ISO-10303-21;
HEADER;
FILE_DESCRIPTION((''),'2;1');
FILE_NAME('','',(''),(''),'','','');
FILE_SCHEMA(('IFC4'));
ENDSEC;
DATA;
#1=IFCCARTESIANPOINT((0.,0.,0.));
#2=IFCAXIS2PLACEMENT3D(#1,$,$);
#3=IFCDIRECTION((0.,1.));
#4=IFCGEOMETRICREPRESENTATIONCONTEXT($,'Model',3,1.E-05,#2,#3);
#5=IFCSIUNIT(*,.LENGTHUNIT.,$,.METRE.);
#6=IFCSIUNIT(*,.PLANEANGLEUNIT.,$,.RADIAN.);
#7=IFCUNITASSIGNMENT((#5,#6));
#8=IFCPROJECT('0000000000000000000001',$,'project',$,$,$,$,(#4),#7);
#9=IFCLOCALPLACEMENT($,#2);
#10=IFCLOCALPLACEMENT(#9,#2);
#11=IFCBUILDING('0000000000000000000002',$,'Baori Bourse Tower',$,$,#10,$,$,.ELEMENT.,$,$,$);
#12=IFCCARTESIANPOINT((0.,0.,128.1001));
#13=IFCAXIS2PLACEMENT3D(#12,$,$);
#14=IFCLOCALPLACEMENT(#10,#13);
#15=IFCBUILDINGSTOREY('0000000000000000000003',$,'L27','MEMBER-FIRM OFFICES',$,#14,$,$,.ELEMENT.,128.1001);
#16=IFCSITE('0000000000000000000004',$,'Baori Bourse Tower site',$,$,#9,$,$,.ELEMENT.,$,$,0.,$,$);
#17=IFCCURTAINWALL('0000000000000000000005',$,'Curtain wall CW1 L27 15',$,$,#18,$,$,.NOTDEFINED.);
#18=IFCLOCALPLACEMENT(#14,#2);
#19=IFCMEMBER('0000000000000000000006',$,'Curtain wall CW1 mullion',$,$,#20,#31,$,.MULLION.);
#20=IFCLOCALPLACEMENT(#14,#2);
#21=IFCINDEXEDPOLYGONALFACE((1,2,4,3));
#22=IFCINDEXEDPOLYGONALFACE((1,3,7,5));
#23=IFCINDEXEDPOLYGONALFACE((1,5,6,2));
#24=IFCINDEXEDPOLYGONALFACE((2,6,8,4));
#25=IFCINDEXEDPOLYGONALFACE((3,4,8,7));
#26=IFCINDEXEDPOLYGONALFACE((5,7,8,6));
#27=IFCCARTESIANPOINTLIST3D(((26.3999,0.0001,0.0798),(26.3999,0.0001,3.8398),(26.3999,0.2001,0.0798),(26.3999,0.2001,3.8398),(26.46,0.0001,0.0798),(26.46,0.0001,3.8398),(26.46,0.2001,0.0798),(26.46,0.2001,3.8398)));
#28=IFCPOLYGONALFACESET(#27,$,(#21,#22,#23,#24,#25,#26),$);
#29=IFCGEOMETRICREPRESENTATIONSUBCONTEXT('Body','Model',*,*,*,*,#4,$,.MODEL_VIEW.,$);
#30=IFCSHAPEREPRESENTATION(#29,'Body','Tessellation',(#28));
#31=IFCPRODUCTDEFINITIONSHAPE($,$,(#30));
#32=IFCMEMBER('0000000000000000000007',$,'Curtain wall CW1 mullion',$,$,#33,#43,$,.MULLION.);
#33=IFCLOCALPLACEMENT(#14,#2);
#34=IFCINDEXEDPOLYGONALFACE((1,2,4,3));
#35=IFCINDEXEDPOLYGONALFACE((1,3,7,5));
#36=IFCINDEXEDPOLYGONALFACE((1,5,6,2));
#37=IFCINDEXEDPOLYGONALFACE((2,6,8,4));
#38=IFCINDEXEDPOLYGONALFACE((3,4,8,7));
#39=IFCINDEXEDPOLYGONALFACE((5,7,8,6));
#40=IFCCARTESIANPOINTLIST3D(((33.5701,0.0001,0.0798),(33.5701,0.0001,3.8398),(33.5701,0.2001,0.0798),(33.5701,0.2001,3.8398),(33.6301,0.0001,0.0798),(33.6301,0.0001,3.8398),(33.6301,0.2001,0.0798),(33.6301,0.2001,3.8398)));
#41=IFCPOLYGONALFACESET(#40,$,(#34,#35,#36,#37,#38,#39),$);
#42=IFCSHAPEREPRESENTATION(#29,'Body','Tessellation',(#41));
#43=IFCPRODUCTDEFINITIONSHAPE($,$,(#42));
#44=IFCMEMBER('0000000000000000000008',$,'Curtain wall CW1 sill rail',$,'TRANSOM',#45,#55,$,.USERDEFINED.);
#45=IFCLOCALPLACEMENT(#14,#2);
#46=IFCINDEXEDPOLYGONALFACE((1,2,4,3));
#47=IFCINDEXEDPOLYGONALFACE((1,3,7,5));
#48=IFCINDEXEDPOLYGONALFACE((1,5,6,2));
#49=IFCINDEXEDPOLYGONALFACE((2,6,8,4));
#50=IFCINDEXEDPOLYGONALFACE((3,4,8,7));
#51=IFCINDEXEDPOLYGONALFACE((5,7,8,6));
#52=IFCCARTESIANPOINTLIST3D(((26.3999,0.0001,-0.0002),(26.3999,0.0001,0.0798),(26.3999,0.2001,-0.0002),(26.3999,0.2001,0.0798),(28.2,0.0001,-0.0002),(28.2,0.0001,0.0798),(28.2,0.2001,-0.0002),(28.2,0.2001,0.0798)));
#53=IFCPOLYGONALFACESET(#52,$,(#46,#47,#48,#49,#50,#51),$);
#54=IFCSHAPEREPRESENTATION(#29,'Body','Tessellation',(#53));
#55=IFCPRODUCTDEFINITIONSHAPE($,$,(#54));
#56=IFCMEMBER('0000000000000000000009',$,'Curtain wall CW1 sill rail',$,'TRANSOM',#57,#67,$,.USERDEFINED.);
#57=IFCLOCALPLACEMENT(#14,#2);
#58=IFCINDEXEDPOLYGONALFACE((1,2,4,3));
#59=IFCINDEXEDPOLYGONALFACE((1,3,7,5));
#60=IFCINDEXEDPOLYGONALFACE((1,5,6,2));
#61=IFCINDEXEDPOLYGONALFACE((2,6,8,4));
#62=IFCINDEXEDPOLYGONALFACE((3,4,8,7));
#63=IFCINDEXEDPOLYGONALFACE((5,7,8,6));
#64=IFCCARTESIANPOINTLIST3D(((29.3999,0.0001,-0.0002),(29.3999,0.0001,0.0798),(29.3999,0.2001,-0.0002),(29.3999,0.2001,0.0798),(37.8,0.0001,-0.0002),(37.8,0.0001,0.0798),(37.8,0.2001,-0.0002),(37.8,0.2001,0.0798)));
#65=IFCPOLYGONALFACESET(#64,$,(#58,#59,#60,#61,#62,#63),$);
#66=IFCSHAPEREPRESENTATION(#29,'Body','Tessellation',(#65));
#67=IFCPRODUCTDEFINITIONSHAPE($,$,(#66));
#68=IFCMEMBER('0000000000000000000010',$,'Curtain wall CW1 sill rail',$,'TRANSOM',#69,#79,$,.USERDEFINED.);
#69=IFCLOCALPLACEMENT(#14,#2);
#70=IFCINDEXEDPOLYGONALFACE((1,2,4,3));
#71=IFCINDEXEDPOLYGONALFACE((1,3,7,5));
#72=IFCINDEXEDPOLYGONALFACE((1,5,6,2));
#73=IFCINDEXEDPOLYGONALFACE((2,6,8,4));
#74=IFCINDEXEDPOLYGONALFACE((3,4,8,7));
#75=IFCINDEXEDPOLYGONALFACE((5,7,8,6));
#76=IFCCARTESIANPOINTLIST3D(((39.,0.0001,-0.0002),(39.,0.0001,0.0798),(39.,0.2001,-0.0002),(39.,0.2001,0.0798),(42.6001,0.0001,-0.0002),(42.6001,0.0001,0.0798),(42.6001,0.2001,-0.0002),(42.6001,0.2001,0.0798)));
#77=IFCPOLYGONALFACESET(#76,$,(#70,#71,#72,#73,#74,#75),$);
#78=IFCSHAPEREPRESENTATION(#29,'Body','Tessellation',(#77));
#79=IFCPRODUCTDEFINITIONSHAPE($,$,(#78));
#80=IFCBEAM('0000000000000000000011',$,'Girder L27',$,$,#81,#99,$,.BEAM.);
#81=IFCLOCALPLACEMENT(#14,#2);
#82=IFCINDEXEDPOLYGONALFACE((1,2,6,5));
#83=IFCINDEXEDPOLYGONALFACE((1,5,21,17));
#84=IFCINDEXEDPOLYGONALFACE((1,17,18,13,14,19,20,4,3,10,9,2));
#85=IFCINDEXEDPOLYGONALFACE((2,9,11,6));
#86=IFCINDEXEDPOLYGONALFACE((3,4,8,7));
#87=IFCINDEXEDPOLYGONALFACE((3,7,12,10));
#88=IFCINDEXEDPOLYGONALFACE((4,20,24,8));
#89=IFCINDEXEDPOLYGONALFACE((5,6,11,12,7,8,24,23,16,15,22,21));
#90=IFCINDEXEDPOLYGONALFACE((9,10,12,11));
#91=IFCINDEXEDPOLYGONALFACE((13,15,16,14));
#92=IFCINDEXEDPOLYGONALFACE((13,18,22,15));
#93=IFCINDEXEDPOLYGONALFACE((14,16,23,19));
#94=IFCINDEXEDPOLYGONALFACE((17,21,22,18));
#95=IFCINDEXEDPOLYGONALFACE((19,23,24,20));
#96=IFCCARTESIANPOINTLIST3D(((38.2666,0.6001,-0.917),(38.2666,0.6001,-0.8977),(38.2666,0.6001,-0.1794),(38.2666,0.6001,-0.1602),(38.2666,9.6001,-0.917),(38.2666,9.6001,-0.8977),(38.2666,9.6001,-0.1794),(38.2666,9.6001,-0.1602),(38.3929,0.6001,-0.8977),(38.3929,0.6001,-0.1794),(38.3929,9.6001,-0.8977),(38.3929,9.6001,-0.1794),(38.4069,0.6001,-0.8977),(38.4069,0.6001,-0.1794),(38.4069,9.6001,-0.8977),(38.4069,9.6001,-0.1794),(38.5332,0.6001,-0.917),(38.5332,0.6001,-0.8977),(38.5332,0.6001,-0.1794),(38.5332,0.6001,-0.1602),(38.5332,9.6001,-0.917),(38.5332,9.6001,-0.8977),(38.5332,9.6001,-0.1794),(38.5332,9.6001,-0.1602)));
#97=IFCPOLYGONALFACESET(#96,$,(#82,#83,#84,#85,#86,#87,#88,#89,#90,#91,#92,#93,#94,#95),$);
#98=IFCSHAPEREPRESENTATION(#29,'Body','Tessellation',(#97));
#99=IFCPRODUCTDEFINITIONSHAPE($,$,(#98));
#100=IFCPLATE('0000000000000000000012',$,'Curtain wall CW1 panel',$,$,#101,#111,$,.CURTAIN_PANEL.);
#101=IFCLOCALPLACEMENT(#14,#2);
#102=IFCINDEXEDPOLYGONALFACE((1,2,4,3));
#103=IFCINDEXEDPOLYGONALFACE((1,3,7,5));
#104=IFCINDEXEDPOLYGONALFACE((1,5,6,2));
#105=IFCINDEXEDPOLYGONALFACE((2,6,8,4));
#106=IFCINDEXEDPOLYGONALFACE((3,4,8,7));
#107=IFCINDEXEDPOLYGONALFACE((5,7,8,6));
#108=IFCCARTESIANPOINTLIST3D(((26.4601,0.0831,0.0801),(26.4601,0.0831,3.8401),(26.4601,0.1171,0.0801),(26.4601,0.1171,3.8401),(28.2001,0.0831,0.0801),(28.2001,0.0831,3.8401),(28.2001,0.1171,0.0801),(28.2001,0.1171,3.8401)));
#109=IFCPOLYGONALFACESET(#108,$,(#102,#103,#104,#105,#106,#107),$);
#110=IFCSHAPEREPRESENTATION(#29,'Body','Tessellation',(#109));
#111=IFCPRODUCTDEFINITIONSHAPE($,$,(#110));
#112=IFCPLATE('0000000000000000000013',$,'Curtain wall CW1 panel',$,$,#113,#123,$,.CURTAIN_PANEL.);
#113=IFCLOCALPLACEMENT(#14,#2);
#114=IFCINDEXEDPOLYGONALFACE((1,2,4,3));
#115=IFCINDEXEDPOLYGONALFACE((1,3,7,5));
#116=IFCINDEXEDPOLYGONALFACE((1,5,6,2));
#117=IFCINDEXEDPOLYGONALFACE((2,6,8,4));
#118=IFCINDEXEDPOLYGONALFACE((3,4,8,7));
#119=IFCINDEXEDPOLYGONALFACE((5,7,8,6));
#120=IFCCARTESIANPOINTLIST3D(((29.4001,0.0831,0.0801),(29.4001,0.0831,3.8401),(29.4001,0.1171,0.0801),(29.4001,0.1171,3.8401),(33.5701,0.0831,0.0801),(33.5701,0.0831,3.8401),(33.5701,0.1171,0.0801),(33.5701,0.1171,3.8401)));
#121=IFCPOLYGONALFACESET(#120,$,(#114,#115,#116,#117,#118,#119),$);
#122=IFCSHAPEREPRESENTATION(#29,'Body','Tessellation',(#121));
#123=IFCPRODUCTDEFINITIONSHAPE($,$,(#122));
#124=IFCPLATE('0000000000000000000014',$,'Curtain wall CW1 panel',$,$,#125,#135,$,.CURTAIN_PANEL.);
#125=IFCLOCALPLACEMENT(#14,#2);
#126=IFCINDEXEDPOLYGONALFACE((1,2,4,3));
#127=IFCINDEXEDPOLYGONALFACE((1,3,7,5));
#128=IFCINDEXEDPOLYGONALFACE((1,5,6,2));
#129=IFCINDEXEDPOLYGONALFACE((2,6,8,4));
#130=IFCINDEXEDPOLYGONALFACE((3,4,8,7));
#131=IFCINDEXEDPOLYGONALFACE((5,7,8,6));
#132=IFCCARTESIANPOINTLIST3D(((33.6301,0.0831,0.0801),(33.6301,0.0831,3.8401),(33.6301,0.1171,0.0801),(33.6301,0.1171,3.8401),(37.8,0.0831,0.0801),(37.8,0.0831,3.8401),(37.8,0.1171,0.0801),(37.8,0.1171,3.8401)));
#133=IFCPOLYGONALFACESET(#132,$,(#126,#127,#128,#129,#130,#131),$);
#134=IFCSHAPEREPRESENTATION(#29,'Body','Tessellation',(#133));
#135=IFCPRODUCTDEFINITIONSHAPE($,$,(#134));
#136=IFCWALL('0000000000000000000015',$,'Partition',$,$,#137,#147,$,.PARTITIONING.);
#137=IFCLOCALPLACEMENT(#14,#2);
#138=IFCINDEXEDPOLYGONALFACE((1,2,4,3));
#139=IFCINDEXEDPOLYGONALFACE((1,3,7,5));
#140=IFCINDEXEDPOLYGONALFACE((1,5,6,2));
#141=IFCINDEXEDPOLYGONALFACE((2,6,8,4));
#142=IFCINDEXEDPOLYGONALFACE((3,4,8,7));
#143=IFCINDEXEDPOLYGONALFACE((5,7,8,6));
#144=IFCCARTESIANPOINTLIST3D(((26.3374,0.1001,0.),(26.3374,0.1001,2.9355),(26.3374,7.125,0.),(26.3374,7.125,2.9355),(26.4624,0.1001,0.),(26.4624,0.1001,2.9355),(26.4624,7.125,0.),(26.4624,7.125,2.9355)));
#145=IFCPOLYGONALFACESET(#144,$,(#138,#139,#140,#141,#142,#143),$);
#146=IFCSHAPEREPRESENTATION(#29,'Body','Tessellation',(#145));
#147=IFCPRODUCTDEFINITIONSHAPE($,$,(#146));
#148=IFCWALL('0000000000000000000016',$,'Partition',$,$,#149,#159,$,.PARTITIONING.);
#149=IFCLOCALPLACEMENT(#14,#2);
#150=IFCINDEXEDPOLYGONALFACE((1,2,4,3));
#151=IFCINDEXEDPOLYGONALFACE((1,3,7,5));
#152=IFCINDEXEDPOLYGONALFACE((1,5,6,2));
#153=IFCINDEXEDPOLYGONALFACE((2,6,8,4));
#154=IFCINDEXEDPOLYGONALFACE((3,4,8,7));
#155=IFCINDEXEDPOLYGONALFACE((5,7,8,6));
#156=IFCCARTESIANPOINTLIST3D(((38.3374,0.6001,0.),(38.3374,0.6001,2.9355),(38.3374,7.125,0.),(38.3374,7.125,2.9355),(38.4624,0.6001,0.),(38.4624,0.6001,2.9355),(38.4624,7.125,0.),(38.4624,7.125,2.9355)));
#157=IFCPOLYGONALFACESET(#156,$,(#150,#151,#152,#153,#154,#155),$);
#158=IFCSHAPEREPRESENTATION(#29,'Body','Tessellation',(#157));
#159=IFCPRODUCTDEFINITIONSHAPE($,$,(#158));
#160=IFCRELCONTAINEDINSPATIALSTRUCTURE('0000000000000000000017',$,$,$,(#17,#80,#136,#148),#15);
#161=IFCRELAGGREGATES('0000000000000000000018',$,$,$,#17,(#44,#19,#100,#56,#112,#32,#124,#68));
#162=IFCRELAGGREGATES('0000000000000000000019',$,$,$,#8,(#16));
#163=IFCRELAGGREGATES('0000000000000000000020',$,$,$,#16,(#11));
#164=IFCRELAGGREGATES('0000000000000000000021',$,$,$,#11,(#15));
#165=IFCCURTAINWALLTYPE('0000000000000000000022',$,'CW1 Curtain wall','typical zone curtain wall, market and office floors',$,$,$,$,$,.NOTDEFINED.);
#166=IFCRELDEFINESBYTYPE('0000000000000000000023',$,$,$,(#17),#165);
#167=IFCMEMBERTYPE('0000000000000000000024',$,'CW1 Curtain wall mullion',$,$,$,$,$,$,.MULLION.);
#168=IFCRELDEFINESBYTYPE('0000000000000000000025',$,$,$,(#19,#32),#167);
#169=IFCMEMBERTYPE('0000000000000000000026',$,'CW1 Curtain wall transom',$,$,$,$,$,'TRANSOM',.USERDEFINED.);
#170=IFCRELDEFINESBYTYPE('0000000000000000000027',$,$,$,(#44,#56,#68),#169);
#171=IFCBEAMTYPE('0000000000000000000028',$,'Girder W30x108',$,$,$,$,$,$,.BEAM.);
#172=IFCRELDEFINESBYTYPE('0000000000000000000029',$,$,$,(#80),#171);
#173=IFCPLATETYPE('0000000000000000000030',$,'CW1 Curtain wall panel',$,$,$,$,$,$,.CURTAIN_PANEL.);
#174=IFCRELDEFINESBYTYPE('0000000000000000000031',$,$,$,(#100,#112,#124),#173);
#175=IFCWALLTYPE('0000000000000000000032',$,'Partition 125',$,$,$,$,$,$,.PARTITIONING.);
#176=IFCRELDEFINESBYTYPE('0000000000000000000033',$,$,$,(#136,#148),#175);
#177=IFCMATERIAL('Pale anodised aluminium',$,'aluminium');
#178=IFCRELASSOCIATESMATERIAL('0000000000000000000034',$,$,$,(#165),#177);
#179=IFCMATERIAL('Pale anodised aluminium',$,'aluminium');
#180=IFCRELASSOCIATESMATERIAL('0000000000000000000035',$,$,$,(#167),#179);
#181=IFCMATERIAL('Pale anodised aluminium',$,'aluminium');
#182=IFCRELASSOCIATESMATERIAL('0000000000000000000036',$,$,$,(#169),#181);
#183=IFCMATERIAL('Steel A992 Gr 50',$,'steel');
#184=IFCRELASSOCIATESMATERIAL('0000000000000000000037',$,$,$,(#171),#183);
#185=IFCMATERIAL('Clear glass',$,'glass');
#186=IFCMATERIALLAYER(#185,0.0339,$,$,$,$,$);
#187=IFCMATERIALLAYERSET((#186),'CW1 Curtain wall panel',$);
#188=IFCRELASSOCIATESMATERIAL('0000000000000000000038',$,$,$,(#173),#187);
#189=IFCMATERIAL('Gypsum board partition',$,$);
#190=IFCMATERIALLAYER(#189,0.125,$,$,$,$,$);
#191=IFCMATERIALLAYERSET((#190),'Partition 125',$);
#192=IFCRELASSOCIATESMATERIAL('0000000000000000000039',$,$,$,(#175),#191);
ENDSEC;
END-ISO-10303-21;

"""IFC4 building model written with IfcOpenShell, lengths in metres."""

from ifc_helpers import new_model, si_unit, direction, frame, frame_2d, origin, origin_2d, place, context, subcontext, project, spatial, rectangle, i_section, extrude, material, layer, layer_set, material_profile, profile_set, type_object, element, aggregate, save


model = new_model("IFC4")

# Units and contexts
model_context = context("Model", 3, precision=1e-05, world=origin(), true_north=direction((0.0, 1.0)))
body_context = subcontext(model_context, "Body", "Model", "MODEL_VIEW")
ifc_project = project(units=[si_unit("LENGTHUNIT", "METRE"), si_unit("PLANEANGLEUNIT", "RADIAN")], contexts=[model_context])

# Site, building, storey
site_placement = place(None, origin())
site = spatial("IfcSite", under=ifc_project, at=site_placement, Name="Baori Bourse Tower site", CompositionType="ELEMENT", RefElevation=0.0)
building_placement = place(site_placement, origin())
building = spatial("IfcBuilding", under=site, at=building_placement, Name="Baori Bourse Tower", CompositionType="ELEMENT")
storey_placement = place(building_placement, frame((0.0, 0.0, 128.1001)))
storey = spatial("IfcBuildingStorey", under=building, at=storey_placement, Name="L27", Description="MEMBER-FIRM OFFICES", CompositionType="ELEMENT", Elevation=128.1001)

# Curtain wall, members
ifc_material_1 = material(Name="Pale anodised aluminium", Category="aluminium")
curtain_wall_type = type_object("IfcCurtainWallType", Name="CW1 Curtain wall", Description="typical zone curtain wall, market and office floors", PredefinedType="NOTDEFINED", material=ifc_material_1)
curtain_wall_placement = place(storey_placement, origin())
curtain_wall = element("IfcCurtainWall", 1, at=curtain_wall_placement, inside=storey, type_object=curtain_wall_type, Name="Curtain wall CW1 L27 15", PredefinedType="NOTDEFINED")
ifc_material_2 = material(Name="Pale anodised aluminium", Category="aluminium")
ifc_material_profile_1 = material_profile(ifc_material_2, rectangle(XDim=0.2, YDim=0.0601, at=origin_2d()), Name="Mullion 60x200")
ifc_profile_set_1 = profile_set([ifc_material_profile_1], Name="Pale anodised aluminium")
member_type_1 = type_object("IfcMemberType", Name="CW1 Curtain wall mullion", PredefinedType="MULLION", material=ifc_profile_set_1)
member_1_placement = place(storey_placement, frame((26.4299, 0.1001, 0.0798), z_axis=(0.0, 0.0, 1.0), x_axis=(0.0, 1.0, 0.0)))
member_1 = element("IfcMember", 2, at=member_1_placement, type_object=member_type_1, Name="Curtain wall CW1 mullion", PredefinedType="MULLION", context=body_context, shape_type="SweptSolid", body=[
    extrude(rectangle(XDim=0.2, YDim=0.0601, at=origin_2d()), origin(), (0.0, 0.0, 1.0), 3.76),
])
member_2_placement = place(storey_placement, frame((33.6001, 0.1001, 0.0798), z_axis=(0.0, 0.0, 1.0), x_axis=(0.0, 1.0, 0.0)))
member_2 = element("IfcMember", 3, at=member_2_placement, type_object=member_type_1, Name="Curtain wall CW1 mullion", PredefinedType="MULLION", context=body_context, shape_type="SweptSolid", body=[
    extrude(rectangle(XDim=0.2, YDim=0.0601, at=origin_2d()), origin(), (0.0, 0.0, 1.0), 3.76),
])
ifc_material_3 = material(Name="Pale anodised aluminium", Category="aluminium")
ifc_material_profile_2 = material_profile(ifc_material_3, rectangle(XDim=0.2, YDim=0.0801, at=origin_2d()), Name="Transom 80x200")
ifc_profile_set_2 = profile_set([ifc_material_profile_2], Name="Pale anodised aluminium")
member_type_2 = type_object("IfcMemberType", Name="CW1 Curtain wall transom", ElementType="TRANSOM", PredefinedType="USERDEFINED", material=ifc_profile_set_2)
member_3_placement = place(storey_placement, frame((26.3999, 0.1001, 0.0398), z_axis=(1.0, 0.0, 0.0), x_axis=(0.0, 1.0, 0.0)))
member_3 = element("IfcMember", 4, at=member_3_placement, type_object=member_type_2, Name="Curtain wall CW1 sill rail", ObjectType="TRANSOM", PredefinedType="USERDEFINED", context=body_context, shape_type="SweptSolid", body=[
    extrude(rectangle(XDim=0.2, YDim=0.0801, at=origin_2d()), origin(), (0.0, 0.0, 1.0), 1.8),
])
member_4_placement = place(storey_placement, frame((29.3999, 0.1001, 0.0398), z_axis=(1.0, 0.0, 0.0), x_axis=(0.0, 1.0, 0.0)))
member_4 = element("IfcMember", 5, at=member_4_placement, type_object=member_type_2, Name="Curtain wall CW1 sill rail", ObjectType="TRANSOM", PredefinedType="USERDEFINED", context=body_context, shape_type="SweptSolid", body=[
    extrude(rectangle(XDim=0.2, YDim=0.0801, at=origin_2d()), origin(), (0.0, 0.0, 1.0), 8.4001),
])
member_5_placement = place(storey_placement, frame((39.0, 0.1001, 0.0398), z_axis=(1.0, 0.0, 0.0), x_axis=(0.0, 1.0, 0.0)))
member_5 = element("IfcMember", 6, at=member_5_placement, type_object=member_type_2, Name="Curtain wall CW1 sill rail", ObjectType="TRANSOM", PredefinedType="USERDEFINED", context=body_context, shape_type="SweptSolid", body=[
    extrude(rectangle(XDim=0.2, YDim=0.0801, at=origin_2d()), origin(), (0.0, 0.0, 1.0), 3.6001),
])

# Beam
ifc_material_4 = material(Name="Steel A992 Gr 50", Category="steel")
ifc_material_profile_3 = material_profile(ifc_material_4, i_section(OverallWidth=0.2666, OverallDepth=0.7568, WebThickness=0.0139, FlangeThickness=0.0193, at=origin_2d()), Name="W30x108")
ifc_profile_set_3 = profile_set([ifc_material_profile_3], Name="Steel A992 Gr 50")
beam_type = type_object("IfcBeamType", Name="Girder W30x108", PredefinedType="BEAM", material=ifc_profile_set_3)
beam_placement = place(storey_placement, frame((38.3999, 0.6001, -0.5386), z_axis=(0.0, 1.0, 0.0), x_axis=(-1.0, 0.0, 0.0)))
element("IfcBeam", 7, at=beam_placement, inside=storey, type_object=beam_type, Name="Girder L27", PredefinedType="BEAM", context=body_context, shape_type="SweptSolid", body=[
    extrude(i_section(OverallWidth=0.2666, OverallDepth=0.7568, WebThickness=0.0139, FlangeThickness=0.0193, at=origin_2d()), origin(), (0.0, 0.0, 1.0), 9.0),
])

# Plates
ifc_material_5 = material(Name="Clear glass", Category="glass")
ifc_layer_1 = layer(ifc_material_5, 0.0339)
ifc_layer_set_1 = layer_set([ifc_layer_1], Name="CW1 Curtain wall panel")
plate_type = type_object("IfcPlateType", Name="CW1 Curtain wall panel", PredefinedType="CURTAIN_PANEL", material=ifc_layer_set_1)
plate_1_placement = place(storey_placement, frame((27.3301, 0.1001, 0.0801), z_axis=(0.0, 0.0, 1.0), x_axis=(1.0, 0.0, 0.0)))
plate_1 = element("IfcPlate", 8, at=plate_1_placement, type_object=plate_type, Name="Curtain wall CW1 panel", PredefinedType="CURTAIN_PANEL", context=body_context, shape_type="SweptSolid", body=[
    extrude(rectangle(XDim=1.74, YDim=0.0339, at=origin_2d()), origin(), (0.0, 0.0, 1.0), 3.76),
])
plate_2_placement = place(storey_placement, frame((31.4851, 0.1001, 0.0801), z_axis=(0.0, 0.0, 1.0), x_axis=(1.0, 0.0, 0.0)))
plate_2 = element("IfcPlate", 9, at=plate_2_placement, type_object=plate_type, Name="Curtain wall CW1 panel", PredefinedType="CURTAIN_PANEL", context=body_context, shape_type="SweptSolid", body=[
    extrude(rectangle(XDim=4.1699, YDim=0.0339, at=origin_2d()), origin(), (0.0, 0.0, 1.0), 3.76),
])
plate_3_placement = place(storey_placement, frame((35.7151, 0.1001, 0.0801), z_axis=(0.0, 0.0, 1.0), x_axis=(1.0, 0.0, 0.0)))
plate_3 = element("IfcPlate", 10, at=plate_3_placement, type_object=plate_type, Name="Curtain wall CW1 panel", PredefinedType="CURTAIN_PANEL", context=body_context, shape_type="SweptSolid", body=[
    extrude(rectangle(XDim=4.1699, YDim=0.0339, at=origin_2d()), origin(), (0.0, 0.0, 1.0), 3.76),
])
aggregate(curtain_wall, [member_3, member_1, plate_1, member_4, plate_2, member_2, plate_3, member_5])

# Walls
ifc_material_6 = material(Name="Gypsum board partition")
ifc_layer_2 = layer(ifc_material_6, 0.125)
ifc_layer_set_2 = layer_set([ifc_layer_2], Name="Partition 125")
wall_type = type_object("IfcWallType", Name="Partition 125", PredefinedType="PARTITIONING", material=ifc_layer_set_2)
wall_1_placement = place(storey_placement, frame((26.3999, 0.1001, 0.0), z_axis=(0.0, 0.0, 1.0), x_axis=(0.0, 1.0, 0.0)))
element("IfcWall", 11, at=wall_1_placement, inside=storey, type_object=wall_type, Name="Partition", PredefinedType="PARTITIONING", context=body_context, shape_type="SweptSolid", body=[
    extrude(rectangle(XDim=7.0249, YDim=0.125, at=frame_2d((3.5125, 0.0))), origin(), (0.0, 0.0, 1.0), 2.9355),
])
wall_2_placement = place(storey_placement, frame((38.3999, 0.6001, 0.0), z_axis=(0.0, 0.0, 1.0), x_axis=(0.0, 1.0, 0.0)))
element("IfcWall", 12, at=wall_2_placement, inside=storey, type_object=wall_type, Name="Partition", PredefinedType="PARTITIONING", context=body_context, shape_type="SweptSolid", body=[
    extrude(rectangle(XDim=6.5249, YDim=0.125, at=frame_2d((3.2625, 0.0))), origin(), (0.0, 0.0, 1.0), 2.9355),
])

save(model, "model.ifc")
